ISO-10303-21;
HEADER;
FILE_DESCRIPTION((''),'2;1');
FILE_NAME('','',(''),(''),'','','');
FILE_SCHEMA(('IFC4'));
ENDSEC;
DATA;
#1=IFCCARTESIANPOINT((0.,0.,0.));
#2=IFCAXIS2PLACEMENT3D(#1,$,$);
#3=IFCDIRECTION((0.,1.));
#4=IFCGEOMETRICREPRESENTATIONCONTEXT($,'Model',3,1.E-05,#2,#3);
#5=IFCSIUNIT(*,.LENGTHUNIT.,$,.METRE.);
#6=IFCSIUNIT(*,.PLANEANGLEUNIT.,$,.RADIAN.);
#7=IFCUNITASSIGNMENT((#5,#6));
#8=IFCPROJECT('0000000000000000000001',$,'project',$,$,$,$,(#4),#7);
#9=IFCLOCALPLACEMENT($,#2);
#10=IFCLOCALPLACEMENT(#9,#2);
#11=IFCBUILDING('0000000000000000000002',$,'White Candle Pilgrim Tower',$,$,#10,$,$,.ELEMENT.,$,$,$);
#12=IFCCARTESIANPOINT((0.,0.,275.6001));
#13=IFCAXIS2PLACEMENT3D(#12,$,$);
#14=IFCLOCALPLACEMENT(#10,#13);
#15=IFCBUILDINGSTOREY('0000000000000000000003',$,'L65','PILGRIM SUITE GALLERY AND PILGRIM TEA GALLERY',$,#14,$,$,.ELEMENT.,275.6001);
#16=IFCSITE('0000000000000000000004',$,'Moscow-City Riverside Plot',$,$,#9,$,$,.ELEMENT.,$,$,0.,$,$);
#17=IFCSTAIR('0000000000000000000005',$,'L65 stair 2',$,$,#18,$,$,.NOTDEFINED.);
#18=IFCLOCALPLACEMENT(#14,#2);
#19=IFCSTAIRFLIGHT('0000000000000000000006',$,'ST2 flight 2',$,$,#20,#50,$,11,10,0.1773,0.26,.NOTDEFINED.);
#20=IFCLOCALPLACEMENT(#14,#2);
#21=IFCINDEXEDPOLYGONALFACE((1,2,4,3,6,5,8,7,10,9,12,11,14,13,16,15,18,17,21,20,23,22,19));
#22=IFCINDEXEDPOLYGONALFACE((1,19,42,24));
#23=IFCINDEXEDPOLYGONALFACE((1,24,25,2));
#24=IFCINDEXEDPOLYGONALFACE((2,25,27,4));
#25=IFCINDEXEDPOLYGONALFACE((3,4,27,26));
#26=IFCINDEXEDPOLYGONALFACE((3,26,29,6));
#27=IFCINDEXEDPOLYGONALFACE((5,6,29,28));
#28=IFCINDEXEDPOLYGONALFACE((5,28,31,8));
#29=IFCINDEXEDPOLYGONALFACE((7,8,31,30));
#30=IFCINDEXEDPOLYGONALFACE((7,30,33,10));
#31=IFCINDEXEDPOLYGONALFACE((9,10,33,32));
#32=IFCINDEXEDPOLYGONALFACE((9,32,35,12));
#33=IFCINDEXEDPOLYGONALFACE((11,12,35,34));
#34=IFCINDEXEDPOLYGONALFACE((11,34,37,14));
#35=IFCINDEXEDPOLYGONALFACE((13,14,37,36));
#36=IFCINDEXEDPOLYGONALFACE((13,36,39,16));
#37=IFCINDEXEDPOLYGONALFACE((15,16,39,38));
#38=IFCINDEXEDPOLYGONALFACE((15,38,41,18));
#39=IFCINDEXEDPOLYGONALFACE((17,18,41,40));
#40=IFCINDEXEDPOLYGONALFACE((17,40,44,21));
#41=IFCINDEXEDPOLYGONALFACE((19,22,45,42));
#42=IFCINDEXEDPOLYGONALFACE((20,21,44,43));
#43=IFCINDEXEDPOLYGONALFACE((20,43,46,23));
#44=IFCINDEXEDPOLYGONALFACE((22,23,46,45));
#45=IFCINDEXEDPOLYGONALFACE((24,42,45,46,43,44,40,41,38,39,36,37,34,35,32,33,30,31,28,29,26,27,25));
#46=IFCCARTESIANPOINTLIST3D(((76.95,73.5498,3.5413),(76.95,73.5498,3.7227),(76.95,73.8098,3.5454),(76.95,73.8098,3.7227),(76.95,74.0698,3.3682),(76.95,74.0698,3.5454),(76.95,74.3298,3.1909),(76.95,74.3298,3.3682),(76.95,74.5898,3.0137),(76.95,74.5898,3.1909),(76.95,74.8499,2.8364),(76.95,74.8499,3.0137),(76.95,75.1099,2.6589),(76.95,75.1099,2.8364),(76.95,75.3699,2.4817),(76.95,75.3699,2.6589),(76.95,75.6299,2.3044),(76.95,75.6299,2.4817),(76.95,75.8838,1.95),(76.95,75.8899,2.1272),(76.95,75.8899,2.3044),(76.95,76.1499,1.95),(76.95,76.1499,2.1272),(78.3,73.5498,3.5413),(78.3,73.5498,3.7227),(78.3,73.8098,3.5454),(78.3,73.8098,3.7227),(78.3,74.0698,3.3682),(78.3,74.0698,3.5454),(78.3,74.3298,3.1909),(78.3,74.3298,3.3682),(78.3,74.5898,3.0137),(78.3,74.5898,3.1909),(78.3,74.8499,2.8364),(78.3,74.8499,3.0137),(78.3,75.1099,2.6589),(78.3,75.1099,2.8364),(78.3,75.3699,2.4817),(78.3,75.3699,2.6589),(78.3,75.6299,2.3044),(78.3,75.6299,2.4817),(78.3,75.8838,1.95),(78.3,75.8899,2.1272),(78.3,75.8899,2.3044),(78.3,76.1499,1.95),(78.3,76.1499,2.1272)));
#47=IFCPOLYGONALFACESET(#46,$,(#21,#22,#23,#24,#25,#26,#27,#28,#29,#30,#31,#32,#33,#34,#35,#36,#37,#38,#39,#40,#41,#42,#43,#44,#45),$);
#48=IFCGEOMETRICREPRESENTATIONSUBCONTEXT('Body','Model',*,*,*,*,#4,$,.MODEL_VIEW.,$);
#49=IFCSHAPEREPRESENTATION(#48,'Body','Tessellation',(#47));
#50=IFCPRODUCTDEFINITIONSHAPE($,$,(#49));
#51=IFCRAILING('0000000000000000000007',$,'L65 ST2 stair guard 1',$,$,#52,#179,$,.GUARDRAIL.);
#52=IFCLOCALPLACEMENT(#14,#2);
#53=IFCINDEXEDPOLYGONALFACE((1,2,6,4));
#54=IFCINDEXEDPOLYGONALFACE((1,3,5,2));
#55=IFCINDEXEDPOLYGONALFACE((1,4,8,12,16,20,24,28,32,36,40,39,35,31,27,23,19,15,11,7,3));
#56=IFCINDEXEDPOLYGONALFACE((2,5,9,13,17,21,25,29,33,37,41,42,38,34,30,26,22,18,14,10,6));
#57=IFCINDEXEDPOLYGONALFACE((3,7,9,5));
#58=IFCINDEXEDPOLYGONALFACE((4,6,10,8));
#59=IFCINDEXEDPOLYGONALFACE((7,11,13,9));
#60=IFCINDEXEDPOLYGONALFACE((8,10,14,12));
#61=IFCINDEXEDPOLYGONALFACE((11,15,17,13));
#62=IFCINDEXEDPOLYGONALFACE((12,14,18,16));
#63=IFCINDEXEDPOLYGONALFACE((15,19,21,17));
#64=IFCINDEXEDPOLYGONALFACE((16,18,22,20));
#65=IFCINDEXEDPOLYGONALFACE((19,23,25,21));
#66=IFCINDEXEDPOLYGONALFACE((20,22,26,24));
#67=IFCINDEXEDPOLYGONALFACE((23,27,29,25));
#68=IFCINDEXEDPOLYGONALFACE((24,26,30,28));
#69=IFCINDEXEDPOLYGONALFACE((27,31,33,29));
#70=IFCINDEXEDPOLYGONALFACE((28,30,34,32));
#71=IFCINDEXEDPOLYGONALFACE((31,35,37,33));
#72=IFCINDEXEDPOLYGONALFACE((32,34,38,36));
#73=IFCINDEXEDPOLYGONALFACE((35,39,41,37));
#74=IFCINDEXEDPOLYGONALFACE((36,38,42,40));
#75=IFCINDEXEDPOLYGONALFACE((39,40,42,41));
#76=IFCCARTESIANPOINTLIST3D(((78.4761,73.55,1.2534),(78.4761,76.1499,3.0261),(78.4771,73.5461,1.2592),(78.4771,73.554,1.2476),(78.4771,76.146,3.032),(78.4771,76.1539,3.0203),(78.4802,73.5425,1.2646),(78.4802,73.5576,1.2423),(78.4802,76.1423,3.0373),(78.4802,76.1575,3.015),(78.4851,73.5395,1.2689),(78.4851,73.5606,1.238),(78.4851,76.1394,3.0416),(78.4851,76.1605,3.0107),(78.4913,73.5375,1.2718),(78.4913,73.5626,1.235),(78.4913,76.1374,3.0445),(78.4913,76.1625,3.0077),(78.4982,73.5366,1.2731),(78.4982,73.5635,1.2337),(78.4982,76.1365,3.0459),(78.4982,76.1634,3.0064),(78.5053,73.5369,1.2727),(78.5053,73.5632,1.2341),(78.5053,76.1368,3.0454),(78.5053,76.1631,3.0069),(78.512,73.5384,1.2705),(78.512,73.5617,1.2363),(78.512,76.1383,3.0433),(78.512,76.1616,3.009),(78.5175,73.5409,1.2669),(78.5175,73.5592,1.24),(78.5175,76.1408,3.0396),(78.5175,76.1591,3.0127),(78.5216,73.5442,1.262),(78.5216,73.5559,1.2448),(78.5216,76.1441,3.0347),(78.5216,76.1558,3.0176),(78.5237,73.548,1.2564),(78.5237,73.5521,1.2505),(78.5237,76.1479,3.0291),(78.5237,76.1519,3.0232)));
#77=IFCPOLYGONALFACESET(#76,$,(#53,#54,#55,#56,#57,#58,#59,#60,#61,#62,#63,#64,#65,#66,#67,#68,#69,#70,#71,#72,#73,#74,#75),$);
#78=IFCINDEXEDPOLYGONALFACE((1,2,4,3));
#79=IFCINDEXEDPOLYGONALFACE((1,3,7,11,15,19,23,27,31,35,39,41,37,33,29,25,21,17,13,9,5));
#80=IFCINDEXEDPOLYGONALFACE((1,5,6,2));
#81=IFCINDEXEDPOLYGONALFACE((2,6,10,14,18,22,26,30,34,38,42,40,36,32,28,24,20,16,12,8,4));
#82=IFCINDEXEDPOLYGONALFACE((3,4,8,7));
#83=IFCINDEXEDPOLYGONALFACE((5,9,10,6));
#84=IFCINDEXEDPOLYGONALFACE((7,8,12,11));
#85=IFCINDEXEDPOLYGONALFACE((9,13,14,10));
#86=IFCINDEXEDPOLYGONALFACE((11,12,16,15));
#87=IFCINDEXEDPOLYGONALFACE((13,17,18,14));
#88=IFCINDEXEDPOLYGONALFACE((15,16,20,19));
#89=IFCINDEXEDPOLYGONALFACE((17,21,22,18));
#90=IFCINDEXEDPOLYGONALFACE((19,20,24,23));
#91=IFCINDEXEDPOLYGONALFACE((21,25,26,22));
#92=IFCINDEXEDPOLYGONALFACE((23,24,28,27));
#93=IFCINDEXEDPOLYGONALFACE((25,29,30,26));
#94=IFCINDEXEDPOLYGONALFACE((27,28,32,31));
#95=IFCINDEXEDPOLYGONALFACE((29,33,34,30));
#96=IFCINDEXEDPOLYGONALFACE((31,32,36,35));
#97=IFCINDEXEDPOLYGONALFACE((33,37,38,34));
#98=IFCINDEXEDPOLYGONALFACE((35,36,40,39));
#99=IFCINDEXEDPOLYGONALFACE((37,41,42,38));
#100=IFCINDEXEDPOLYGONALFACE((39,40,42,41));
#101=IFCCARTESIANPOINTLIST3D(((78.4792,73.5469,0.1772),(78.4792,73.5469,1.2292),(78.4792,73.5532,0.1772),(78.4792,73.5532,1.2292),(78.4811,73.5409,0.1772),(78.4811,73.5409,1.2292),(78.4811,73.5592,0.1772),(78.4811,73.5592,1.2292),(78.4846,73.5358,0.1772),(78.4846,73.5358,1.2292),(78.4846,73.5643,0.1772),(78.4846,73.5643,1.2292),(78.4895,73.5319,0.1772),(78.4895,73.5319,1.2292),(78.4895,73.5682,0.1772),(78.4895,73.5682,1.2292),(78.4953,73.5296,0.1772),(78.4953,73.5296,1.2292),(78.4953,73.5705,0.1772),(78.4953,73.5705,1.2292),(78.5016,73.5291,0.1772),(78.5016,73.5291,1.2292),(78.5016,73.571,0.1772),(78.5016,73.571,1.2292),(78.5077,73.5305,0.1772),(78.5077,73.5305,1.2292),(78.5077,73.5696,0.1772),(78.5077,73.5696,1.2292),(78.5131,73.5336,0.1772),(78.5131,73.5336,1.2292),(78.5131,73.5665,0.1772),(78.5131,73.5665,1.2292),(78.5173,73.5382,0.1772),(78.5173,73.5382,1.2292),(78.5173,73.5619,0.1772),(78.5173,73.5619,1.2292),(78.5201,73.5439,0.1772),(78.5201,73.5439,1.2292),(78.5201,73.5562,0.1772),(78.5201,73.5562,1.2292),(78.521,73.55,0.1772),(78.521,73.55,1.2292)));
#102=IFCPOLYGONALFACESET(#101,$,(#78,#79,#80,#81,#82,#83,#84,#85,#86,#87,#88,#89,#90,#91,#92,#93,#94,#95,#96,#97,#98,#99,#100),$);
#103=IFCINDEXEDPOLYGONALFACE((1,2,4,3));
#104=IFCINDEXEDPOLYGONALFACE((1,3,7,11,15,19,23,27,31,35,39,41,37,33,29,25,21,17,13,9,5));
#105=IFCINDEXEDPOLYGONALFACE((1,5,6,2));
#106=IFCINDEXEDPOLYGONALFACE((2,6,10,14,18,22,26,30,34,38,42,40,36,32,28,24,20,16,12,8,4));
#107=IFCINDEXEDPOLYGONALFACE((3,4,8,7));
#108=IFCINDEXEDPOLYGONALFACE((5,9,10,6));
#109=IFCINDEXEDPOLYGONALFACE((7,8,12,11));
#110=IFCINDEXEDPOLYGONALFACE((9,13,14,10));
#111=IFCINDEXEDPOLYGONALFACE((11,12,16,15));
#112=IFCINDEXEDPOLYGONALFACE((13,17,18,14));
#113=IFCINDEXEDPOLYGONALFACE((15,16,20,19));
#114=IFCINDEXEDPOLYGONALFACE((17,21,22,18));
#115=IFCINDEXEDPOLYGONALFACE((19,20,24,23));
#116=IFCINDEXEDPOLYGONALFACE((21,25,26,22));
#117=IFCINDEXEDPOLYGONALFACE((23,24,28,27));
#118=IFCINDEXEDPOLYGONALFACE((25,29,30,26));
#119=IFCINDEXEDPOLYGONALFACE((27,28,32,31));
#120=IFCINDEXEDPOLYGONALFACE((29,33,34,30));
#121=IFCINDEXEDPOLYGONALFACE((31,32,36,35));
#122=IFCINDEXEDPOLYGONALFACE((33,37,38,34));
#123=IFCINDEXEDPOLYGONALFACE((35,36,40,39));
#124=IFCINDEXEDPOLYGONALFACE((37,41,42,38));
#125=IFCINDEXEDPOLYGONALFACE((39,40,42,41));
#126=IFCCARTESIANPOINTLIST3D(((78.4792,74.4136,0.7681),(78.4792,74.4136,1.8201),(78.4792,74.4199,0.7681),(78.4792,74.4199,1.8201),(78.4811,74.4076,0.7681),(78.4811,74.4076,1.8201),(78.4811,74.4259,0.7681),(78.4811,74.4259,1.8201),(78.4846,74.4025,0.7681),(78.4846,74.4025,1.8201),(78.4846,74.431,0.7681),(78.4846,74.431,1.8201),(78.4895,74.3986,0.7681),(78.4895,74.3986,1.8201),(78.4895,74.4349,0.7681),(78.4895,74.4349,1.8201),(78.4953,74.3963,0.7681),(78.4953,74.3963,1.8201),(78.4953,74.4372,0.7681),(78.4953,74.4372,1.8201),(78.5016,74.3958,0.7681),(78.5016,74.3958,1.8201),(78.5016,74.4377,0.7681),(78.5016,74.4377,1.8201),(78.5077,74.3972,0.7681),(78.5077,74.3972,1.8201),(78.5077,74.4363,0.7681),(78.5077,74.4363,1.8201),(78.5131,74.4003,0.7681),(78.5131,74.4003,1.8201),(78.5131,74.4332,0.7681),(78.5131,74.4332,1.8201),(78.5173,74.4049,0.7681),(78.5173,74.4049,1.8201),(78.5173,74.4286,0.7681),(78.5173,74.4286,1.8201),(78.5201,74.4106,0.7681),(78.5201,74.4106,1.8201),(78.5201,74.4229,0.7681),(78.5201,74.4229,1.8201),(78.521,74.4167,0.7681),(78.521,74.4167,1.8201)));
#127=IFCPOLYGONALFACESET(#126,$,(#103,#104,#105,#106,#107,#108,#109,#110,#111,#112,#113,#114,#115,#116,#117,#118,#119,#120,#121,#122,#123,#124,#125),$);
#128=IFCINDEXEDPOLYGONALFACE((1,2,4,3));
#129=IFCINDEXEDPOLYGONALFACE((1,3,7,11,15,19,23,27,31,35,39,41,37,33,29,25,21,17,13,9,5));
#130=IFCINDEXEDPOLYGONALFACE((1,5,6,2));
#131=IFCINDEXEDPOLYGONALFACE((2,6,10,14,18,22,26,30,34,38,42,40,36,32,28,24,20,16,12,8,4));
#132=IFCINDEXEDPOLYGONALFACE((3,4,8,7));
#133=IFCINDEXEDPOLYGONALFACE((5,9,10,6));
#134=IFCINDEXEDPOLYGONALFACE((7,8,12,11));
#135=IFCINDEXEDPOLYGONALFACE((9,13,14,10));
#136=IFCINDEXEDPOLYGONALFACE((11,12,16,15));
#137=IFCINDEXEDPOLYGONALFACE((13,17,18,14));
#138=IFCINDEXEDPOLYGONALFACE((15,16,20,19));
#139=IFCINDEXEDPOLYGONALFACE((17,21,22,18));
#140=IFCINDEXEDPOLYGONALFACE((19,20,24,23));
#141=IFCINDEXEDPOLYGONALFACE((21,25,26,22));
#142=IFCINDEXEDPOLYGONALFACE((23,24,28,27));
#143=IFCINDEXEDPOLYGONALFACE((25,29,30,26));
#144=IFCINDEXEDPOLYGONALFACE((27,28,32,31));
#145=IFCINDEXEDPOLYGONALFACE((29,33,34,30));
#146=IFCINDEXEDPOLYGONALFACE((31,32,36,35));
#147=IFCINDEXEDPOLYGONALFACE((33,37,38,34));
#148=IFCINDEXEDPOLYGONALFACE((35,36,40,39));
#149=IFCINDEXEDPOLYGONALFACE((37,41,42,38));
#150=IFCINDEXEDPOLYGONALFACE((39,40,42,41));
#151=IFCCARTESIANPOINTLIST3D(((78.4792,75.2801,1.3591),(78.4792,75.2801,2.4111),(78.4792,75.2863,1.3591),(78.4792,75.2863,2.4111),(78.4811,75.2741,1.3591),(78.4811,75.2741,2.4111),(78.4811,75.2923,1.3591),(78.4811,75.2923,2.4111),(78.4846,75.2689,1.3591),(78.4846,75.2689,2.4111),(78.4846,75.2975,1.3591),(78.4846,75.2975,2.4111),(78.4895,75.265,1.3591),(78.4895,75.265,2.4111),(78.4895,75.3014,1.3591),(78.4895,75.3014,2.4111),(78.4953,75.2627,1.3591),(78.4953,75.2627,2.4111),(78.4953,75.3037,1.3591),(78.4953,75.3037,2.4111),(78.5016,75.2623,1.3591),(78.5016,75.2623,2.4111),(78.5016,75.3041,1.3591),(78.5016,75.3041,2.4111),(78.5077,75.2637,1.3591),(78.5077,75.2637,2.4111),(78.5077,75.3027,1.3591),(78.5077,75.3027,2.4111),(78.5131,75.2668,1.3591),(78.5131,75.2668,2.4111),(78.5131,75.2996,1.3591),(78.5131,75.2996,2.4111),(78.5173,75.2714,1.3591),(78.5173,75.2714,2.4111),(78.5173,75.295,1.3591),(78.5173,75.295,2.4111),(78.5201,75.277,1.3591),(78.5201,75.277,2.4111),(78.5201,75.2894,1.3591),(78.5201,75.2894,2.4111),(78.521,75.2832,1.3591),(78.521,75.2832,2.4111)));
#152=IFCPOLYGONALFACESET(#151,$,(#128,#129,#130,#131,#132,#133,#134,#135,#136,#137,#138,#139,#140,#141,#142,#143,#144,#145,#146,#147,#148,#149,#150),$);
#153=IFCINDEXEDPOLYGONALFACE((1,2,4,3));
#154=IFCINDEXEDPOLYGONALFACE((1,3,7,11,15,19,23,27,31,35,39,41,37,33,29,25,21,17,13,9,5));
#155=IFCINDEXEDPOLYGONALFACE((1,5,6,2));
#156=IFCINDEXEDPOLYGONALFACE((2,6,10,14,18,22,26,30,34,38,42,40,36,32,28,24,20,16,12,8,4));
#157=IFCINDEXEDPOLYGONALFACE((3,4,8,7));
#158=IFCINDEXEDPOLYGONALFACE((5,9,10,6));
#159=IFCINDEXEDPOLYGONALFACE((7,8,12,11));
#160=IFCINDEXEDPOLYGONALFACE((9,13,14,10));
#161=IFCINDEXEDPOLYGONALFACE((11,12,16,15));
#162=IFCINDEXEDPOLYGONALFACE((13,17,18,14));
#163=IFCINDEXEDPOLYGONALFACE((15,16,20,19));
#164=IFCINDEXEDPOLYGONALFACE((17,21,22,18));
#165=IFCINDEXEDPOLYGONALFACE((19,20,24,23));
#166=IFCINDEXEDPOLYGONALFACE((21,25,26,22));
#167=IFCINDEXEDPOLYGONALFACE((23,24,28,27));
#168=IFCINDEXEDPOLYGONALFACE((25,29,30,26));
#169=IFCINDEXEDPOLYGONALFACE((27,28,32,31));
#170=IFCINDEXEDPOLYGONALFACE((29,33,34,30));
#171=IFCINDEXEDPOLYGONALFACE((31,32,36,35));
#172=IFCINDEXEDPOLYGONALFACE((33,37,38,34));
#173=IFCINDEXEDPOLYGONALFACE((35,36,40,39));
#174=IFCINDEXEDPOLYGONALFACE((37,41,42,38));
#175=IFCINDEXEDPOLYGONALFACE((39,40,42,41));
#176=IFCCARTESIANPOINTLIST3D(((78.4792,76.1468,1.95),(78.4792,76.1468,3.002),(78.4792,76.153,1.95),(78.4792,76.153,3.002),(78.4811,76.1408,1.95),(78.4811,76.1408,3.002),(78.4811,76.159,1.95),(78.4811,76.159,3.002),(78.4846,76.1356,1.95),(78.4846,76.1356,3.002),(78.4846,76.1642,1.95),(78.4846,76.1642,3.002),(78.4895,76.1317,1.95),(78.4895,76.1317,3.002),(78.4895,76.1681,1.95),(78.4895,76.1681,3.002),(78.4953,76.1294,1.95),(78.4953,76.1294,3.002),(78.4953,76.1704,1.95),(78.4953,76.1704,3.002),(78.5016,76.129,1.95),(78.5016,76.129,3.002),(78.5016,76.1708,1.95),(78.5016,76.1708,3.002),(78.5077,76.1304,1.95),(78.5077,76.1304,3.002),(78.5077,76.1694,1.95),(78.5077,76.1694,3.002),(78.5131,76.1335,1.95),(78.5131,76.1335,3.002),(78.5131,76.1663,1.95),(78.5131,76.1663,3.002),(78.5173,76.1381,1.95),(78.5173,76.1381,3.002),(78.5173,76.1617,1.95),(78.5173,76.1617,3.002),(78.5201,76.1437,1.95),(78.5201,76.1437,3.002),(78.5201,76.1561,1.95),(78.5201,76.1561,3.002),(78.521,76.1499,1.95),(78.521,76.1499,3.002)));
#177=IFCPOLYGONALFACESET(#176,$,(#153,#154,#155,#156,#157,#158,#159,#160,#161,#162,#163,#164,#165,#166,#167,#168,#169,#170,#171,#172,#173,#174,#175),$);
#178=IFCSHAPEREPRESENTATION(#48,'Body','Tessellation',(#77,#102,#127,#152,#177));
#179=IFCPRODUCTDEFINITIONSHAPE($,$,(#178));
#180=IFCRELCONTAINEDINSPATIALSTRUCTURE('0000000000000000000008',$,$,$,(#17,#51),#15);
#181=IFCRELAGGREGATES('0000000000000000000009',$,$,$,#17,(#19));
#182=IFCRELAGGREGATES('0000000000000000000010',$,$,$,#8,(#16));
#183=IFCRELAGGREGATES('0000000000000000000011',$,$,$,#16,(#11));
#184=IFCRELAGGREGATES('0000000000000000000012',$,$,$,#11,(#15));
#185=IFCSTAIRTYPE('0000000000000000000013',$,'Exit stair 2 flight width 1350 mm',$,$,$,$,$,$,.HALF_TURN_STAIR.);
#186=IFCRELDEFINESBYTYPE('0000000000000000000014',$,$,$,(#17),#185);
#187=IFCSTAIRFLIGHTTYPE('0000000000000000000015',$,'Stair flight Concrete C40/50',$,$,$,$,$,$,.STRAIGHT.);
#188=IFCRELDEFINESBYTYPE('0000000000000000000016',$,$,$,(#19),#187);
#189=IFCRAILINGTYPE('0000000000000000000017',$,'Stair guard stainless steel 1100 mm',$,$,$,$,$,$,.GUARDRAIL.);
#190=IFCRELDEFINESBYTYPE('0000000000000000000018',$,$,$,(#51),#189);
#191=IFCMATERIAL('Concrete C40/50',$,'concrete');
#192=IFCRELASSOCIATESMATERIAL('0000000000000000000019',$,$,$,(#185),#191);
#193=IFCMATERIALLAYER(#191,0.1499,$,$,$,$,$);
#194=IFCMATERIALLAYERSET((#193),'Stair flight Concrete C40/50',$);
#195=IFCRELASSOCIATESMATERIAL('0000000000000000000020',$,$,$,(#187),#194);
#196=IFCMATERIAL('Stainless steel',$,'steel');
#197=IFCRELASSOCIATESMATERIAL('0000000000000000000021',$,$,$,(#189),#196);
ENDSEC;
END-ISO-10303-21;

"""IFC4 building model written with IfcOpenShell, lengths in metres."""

from ifc_helpers import new_model, si_unit, direction, frame, origin, origin_2d, place, context, subcontext, project, spatial, polyline, circle, outline, extrude, material, layer, layer_set, type_object, element, aggregate, save


model = new_model("IFC4")

# Units and contexts
model_context = context("Model", 3, precision=1e-05, world=origin(), true_north=direction((0.0, 1.0)))
body_context = subcontext(model_context, "Body", "Model", "MODEL_VIEW")
ifc_project = project(units=[si_unit("LENGTHUNIT", "METRE"), si_unit("PLANEANGLEUNIT", "RADIAN")], contexts=[model_context])

# Site, building, storey
site_placement = place(None, origin())
site = spatial("IfcSite", under=ifc_project, at=site_placement, Name="Moscow-City Riverside Plot", CompositionType="ELEMENT", RefElevation=0.0)
building_placement = place(site_placement, origin())
building = spatial("IfcBuilding", under=site, at=building_placement, Name="White Candle Pilgrim Tower", CompositionType="ELEMENT")
storey_placement = place(building_placement, frame((0.0, 0.0, 275.6001)))
storey = spatial("IfcBuildingStorey", under=building, at=storey_placement, Name="L65", Description="PILGRIM SUITE GALLERY AND PILGRIM TEA GALLERY", CompositionType="ELEMENT", Elevation=275.6001)

# Stair, stair flight
ifc_material_1 = material(Name="Concrete C40/50", Category="concrete")
stair_type = type_object("IfcStairType", Name="Exit stair 2 flight width 1350 mm", PredefinedType="HALF_TURN_STAIR", material=ifc_material_1)
stair_placement = place(storey_placement, origin())
stair = element("IfcStair", 1, at=stair_placement, inside=storey, type_object=stair_type, Name="L65 stair 2", PredefinedType="NOTDEFINED")
ifc_layer_1 = layer(ifc_material_1, 0.1499)
ifc_layer_set_1 = layer_set([ifc_layer_1], Name="Stair flight Concrete C40/50")
stair_flight_type = type_object("IfcStairFlightType", Name="Stair flight Concrete C40/50", PredefinedType="STRAIGHT", material=ifc_layer_set_1)
stair_flight_1_placement = place(storey_placement, frame((77.625, 76.1499, 1.95), z_axis=(0.0, 0.0, 1.0), x_axis=(0.0, -1.0, 0.0)))
stair_flight_1 = element("IfcStairFlight", 2, at=stair_flight_1_placement, type_object=stair_flight_type, Name="ST2 flight 2", NumberOfRisers=11, NumberOfTreads=10, PredefinedType="NOTDEFINED", RiserHeight=0.1773, TreadLength=0.26, context=body_context, shape_type="SweptSolid", body=[
    extrude(outline(polyline([(0.0, 0.0), (0.0, 0.1772), (0.26, 0.1772), (0.26, 0.3545), (0.52, 0.3545), (0.52, 0.5317), (0.78, 0.5317), (0.78, 0.709), (1.04, 0.709), (1.04, 0.8865), (1.3, 0.8865), (1.3, 1.0637), (1.5601, 1.0637), (1.5601, 1.241), (1.8201, 1.241), (1.8201, 1.4182), (2.0801, 1.4182), (2.0801, 1.5955), (2.3401, 1.5955), (2.3401, 1.7727), (2.6001, 1.7727), (2.6001, 1.95), (2.6001, 1.5913), (0.2661, 0.0), (0.0, 0.0)])), frame((0.0, 0.675, 0.0), z_axis=(0.0, -1.0, 0.0), x_axis=(1.0, 0.0, 0.0)), (0.0, 0.0, 1.0), 1.3501),
])
aggregate(stair, [stair_flight_1])

# Railing
ifc_material_2 = material(Name="Stainless steel", Category="steel")
railing_type_1 = type_object("IfcRailingType", Name="Stair guard stainless steel 1100 mm", PredefinedType="GUARDRAIL", material=ifc_material_2)
railing_1_placement = place(storey_placement, frame((78.5, 73.55, 0.1772)))
element("IfcRailing", 3, at=railing_1_placement, inside=storey, type_object=railing_type_1, Name="L65 ST2 stair guard 1", PredefinedType="GUARDRAIL", context=body_context, shape_type="SweptSolid", body=[
    extrude(circle(Radius=0.0239, at=origin_2d()), frame((0.0, 0.0, 1.0762), z_axis=(0.0, 0.826216, 0.563354), x_axis=(-1.0, 0.0, 0.0)), (0.0, 0.0, 1.0), 3.1467),
    extrude(circle(Radius=0.021, at=origin_2d()), origin(), (0.0, 0.0, 1.0), 1.052),
    extrude(circle(Radius=0.021, at=origin_2d()), frame((0.0, 0.8667, 0.5908)), (0.0, 0.0, 1.0), 1.052),
    extrude(circle(Radius=0.021, at=origin_2d()), frame((0.0, 1.7332, 1.1819)), (0.0, 0.0, 1.0), 1.052),
    extrude(circle(Radius=0.021, at=origin_2d()), frame((0.0, 2.5999, 1.7727)), (0.0, 0.0, 1.0), 1.052),
])

save(model, "model.ifc")
